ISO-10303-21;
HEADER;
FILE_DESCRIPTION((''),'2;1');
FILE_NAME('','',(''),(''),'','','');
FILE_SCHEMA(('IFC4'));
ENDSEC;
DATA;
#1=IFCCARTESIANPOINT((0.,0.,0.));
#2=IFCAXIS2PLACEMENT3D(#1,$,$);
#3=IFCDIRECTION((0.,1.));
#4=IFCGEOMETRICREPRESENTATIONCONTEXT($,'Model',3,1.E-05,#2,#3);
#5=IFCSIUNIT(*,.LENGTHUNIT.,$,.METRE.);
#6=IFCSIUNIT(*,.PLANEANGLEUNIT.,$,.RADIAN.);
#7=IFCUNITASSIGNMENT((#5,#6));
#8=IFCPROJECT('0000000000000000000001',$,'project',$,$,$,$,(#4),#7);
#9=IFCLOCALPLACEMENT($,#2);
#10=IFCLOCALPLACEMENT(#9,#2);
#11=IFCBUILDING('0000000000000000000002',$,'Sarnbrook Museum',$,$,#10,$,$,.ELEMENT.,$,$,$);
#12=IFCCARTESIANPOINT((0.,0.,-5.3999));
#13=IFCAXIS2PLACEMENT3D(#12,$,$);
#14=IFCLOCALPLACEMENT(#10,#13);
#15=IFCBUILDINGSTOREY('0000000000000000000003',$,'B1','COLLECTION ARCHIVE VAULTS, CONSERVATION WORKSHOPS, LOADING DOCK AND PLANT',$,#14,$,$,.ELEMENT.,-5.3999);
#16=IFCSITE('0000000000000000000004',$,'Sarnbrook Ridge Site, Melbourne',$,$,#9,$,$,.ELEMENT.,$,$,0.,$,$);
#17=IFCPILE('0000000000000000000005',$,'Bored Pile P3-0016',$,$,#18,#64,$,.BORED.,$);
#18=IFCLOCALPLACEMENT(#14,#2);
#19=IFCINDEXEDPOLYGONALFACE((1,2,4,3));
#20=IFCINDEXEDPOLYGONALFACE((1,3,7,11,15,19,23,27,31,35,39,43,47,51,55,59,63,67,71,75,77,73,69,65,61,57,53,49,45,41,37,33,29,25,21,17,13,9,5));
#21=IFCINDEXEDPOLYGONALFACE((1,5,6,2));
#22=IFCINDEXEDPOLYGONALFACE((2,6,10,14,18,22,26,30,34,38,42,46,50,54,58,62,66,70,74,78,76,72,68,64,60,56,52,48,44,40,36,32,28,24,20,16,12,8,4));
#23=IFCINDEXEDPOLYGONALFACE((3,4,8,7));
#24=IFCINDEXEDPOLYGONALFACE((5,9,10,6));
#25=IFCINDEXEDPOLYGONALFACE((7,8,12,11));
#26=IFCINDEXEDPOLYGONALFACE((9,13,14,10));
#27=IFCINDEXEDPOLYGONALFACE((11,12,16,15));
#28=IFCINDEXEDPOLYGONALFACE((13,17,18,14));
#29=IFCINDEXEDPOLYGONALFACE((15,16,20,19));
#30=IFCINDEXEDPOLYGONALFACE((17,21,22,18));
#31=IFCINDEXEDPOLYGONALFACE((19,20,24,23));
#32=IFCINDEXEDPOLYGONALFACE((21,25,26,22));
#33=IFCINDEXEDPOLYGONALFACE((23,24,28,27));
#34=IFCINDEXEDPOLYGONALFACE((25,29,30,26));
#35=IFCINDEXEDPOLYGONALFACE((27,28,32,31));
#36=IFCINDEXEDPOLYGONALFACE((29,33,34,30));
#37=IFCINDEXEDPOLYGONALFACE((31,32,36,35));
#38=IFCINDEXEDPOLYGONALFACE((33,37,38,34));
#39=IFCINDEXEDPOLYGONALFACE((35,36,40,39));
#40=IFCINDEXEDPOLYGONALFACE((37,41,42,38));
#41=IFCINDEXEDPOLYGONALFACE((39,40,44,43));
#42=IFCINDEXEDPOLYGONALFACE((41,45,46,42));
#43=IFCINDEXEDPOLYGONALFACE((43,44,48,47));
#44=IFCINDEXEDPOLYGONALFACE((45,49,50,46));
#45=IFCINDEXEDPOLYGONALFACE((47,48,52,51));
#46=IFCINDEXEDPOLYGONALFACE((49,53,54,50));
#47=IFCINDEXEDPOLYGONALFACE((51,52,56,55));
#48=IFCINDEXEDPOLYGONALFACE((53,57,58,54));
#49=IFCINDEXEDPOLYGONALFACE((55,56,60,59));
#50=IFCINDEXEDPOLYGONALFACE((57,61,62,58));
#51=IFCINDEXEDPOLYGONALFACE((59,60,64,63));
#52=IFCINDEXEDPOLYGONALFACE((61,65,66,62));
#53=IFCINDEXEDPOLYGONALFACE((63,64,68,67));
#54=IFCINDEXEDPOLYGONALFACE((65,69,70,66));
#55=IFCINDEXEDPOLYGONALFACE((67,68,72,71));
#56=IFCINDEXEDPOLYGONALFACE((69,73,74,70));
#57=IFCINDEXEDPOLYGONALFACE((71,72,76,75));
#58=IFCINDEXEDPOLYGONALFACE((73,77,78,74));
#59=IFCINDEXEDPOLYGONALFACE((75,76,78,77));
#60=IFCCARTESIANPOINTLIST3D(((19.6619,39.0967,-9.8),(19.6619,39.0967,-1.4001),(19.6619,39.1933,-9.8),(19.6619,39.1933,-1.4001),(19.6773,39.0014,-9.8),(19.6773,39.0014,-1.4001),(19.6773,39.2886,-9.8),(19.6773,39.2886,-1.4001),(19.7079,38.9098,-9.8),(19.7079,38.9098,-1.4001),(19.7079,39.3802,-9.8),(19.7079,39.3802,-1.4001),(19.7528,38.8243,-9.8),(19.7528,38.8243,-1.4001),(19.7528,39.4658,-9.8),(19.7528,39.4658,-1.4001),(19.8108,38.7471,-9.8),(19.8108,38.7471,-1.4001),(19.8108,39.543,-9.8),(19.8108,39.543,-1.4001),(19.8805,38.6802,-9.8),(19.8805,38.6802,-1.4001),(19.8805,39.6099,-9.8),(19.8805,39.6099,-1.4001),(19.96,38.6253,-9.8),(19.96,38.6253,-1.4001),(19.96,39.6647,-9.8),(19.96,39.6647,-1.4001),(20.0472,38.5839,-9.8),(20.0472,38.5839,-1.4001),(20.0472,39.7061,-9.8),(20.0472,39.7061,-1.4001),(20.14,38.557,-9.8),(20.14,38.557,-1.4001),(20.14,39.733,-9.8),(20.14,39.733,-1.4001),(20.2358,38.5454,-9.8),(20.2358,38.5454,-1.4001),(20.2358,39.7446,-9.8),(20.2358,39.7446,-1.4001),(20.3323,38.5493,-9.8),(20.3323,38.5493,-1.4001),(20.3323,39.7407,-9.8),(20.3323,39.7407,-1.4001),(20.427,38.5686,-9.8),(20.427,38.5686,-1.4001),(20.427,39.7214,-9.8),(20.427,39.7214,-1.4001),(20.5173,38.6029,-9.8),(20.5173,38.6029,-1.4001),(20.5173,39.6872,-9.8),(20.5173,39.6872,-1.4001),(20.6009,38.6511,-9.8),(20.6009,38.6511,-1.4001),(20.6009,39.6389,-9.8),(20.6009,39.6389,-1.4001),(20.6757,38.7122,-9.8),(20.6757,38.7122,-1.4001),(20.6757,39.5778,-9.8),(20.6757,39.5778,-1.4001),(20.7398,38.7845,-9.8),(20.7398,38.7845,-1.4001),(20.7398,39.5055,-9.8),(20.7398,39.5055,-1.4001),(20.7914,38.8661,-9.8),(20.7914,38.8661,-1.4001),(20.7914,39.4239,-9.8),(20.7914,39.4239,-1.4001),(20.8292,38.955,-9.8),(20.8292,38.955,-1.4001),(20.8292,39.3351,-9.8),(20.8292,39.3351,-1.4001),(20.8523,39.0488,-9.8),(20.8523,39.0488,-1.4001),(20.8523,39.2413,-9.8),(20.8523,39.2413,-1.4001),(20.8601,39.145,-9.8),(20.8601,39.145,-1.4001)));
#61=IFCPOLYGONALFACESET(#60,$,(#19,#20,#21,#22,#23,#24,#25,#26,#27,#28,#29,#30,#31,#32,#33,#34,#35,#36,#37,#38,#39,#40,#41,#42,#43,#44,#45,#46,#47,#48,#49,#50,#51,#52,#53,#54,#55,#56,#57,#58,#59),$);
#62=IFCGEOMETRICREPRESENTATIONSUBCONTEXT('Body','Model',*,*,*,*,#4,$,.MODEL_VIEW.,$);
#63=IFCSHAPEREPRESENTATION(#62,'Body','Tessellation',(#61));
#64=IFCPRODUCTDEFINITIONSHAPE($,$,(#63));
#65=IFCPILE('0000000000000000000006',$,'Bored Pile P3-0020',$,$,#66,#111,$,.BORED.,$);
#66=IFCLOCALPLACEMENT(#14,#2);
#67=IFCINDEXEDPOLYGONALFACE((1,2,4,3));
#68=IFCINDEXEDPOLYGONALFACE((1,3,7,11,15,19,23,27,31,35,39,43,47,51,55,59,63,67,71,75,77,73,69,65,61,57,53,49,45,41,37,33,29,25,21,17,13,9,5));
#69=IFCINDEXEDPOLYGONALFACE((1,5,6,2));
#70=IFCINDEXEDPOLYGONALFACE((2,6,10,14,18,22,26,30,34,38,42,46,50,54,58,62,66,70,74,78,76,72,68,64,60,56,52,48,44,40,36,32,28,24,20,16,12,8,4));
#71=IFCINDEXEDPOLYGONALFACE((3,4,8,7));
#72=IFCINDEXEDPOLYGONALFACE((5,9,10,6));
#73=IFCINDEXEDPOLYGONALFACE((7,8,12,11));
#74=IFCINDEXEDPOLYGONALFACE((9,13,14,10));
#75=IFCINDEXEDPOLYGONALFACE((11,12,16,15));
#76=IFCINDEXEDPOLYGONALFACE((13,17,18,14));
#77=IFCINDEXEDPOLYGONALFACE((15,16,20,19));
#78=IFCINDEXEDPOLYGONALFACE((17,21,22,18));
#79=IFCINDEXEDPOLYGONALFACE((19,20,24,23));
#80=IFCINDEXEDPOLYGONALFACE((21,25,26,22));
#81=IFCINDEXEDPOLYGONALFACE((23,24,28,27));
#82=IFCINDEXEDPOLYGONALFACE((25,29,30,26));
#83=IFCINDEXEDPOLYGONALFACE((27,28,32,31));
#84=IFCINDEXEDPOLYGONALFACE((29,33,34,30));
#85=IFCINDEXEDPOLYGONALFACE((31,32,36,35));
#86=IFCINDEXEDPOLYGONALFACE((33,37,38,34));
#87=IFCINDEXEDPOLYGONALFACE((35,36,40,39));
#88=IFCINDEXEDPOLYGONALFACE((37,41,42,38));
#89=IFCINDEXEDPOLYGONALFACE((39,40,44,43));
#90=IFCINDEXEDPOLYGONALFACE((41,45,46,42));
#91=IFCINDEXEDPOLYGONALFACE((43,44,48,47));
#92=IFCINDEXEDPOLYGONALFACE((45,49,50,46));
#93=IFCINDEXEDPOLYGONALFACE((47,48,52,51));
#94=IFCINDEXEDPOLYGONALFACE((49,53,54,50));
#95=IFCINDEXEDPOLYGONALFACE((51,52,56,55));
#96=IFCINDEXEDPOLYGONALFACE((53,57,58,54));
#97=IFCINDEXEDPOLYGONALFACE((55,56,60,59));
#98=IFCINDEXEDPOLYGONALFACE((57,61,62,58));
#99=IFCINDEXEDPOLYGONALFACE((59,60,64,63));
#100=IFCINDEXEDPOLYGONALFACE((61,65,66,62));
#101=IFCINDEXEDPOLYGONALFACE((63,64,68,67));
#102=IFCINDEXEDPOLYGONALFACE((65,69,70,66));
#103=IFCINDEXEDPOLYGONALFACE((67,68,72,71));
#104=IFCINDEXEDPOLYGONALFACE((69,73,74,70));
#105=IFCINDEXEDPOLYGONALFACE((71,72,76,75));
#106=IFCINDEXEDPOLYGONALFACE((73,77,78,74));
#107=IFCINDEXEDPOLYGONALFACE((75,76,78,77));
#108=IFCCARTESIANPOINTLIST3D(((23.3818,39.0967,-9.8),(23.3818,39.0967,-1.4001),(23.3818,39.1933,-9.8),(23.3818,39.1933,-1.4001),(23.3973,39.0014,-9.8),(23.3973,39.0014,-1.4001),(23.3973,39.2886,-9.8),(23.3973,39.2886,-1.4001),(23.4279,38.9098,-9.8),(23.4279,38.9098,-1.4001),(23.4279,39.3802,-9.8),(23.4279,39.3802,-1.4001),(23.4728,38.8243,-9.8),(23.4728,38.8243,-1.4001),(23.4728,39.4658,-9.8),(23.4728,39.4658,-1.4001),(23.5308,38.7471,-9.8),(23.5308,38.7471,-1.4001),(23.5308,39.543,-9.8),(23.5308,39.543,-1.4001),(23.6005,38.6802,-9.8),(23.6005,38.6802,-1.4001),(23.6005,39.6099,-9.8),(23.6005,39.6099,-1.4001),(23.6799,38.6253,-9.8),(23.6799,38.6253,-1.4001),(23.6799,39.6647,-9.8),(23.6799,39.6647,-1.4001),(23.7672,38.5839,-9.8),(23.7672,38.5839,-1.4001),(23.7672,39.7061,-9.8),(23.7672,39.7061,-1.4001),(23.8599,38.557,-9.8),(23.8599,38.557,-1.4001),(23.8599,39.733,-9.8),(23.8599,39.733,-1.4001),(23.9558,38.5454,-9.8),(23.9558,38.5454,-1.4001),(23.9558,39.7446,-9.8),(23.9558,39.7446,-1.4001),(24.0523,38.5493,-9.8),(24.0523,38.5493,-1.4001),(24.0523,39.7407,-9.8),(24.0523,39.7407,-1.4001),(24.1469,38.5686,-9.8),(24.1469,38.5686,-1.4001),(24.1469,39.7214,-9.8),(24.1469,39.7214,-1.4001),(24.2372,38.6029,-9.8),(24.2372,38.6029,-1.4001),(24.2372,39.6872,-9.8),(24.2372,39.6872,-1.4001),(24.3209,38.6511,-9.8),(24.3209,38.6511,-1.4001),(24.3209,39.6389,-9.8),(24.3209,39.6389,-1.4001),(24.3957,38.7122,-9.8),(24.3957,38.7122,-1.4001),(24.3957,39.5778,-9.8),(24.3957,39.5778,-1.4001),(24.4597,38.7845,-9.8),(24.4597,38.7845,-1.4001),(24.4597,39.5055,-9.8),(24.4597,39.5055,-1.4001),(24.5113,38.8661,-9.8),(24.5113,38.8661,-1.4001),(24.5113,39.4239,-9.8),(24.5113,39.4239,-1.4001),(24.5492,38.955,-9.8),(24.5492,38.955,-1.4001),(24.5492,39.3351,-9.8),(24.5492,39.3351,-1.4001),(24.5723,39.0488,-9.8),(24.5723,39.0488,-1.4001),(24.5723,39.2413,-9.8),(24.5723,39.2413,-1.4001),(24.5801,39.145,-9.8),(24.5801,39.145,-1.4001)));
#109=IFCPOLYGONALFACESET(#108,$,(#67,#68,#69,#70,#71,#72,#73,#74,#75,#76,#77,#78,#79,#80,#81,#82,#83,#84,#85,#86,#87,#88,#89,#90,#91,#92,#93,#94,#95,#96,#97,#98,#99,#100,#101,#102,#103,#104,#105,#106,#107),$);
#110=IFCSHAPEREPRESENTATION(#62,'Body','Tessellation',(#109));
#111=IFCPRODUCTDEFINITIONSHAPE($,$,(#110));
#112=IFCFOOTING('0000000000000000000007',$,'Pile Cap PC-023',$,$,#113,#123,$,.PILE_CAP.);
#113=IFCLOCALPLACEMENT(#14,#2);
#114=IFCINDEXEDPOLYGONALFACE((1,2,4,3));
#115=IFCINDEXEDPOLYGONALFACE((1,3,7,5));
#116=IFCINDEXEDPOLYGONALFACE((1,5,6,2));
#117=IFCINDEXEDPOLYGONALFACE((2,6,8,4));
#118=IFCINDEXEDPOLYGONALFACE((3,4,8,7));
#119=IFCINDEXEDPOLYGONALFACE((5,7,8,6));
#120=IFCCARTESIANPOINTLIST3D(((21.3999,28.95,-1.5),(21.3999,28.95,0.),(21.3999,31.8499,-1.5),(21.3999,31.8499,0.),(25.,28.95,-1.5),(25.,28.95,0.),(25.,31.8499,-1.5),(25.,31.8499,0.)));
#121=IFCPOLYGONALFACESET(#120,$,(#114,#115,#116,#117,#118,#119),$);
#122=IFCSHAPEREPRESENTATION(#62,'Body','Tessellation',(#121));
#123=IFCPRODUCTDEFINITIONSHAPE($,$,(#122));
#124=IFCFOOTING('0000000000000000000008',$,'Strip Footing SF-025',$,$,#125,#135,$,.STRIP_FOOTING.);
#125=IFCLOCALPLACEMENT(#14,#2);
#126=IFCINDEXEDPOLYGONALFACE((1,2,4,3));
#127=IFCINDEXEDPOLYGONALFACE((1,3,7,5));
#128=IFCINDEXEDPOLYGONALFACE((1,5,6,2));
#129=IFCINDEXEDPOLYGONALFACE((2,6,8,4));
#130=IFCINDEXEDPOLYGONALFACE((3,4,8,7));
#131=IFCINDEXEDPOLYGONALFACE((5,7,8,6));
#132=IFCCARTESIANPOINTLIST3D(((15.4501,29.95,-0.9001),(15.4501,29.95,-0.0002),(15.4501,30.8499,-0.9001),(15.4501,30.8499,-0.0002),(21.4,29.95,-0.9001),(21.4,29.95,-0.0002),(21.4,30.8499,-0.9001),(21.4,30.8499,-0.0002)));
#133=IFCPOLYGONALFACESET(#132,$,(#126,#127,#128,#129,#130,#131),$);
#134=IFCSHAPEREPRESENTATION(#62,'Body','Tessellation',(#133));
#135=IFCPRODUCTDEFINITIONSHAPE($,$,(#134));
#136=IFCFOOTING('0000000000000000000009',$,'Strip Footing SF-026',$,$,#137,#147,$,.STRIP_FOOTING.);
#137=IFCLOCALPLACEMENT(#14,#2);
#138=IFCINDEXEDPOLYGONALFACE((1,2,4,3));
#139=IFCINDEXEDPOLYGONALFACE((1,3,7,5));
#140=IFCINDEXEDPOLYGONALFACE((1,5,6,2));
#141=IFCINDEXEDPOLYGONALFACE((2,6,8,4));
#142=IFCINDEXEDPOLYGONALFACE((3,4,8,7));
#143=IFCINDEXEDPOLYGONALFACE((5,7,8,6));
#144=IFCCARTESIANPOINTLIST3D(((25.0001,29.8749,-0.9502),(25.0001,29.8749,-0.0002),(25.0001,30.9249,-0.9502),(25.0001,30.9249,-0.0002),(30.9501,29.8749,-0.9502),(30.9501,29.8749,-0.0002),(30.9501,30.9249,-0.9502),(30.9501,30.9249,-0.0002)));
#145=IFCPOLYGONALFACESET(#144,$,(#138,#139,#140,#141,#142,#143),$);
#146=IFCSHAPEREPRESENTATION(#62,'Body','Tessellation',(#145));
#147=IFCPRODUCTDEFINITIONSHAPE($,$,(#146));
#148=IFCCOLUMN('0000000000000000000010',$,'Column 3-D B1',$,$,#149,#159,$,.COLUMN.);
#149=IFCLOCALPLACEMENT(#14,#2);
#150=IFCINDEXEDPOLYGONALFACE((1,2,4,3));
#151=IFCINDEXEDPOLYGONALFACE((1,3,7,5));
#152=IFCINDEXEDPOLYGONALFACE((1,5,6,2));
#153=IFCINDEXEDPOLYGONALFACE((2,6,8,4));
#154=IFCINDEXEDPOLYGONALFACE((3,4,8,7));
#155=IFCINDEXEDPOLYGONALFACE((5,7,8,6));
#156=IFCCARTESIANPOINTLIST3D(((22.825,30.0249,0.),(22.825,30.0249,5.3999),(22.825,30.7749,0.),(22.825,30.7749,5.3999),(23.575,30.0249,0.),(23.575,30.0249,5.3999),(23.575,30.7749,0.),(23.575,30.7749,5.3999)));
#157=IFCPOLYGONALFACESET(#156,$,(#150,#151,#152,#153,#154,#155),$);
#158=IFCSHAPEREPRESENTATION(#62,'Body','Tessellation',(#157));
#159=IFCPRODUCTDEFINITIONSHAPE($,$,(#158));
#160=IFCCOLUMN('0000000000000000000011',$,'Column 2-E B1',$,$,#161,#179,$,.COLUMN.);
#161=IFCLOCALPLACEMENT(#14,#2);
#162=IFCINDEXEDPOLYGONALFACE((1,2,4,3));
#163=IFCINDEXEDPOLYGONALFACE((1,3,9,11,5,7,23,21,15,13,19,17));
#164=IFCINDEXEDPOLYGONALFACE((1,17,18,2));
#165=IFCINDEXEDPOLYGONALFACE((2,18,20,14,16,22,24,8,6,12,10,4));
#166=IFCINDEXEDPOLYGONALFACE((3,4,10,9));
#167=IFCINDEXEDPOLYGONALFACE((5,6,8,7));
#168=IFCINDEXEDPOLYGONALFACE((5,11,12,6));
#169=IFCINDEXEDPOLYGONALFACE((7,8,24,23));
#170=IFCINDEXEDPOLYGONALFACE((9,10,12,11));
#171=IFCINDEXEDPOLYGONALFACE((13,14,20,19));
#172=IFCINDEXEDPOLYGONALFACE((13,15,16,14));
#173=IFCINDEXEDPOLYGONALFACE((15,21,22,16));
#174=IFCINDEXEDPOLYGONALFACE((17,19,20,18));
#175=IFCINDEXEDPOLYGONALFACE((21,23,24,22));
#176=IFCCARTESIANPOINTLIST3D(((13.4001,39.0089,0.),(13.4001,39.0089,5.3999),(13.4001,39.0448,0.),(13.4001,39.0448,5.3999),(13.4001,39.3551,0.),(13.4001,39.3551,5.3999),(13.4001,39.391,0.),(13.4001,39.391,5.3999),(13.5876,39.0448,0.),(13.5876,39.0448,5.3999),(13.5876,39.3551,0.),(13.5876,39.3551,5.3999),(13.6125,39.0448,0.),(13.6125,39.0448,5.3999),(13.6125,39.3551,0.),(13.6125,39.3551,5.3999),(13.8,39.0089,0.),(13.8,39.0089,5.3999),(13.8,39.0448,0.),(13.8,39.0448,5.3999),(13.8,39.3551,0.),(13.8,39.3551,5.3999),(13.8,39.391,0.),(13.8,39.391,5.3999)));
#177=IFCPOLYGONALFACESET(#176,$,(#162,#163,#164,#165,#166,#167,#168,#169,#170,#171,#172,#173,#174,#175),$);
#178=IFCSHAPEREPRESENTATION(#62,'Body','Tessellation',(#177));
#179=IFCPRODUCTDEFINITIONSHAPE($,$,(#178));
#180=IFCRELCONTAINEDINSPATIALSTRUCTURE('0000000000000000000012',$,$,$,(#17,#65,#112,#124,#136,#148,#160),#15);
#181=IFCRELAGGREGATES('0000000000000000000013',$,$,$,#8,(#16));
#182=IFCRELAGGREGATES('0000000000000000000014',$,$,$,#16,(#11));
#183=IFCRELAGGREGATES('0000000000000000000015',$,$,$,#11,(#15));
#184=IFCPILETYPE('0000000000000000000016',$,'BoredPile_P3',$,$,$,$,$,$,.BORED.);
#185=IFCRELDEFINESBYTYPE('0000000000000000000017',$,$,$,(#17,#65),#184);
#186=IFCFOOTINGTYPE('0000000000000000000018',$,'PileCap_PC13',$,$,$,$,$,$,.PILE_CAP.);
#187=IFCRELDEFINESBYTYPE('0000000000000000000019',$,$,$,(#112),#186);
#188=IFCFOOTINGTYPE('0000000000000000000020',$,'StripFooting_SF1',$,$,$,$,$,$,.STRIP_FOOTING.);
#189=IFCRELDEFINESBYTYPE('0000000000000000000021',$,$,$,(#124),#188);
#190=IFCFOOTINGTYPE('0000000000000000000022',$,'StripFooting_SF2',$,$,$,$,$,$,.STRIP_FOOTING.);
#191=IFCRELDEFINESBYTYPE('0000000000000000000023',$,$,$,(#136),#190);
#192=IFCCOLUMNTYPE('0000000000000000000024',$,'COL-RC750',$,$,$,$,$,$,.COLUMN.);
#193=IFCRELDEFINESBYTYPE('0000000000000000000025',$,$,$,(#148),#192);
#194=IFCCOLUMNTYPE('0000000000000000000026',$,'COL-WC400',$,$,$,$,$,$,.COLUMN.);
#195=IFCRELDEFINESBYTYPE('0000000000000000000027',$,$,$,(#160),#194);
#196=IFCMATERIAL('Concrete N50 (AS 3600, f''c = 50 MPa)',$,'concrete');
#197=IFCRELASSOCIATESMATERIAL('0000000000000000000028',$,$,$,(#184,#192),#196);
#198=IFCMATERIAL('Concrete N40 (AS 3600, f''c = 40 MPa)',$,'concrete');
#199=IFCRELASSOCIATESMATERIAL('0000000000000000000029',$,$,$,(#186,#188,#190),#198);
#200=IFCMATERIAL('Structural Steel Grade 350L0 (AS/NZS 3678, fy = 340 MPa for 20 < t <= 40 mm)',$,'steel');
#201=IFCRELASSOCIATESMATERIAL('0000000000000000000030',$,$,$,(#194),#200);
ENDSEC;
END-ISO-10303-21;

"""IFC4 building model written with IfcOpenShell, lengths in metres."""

from ifc_helpers import new_model, si_unit, direction, frame, origin, origin_2d, place, context, subcontext, project, spatial, rectangle, circle, i_section, extrude, material, material_profile, profile_set, type_object, element, save


model = new_model("IFC4")

# Units and contexts
model_context = context("Model", 3, precision=1e-05, world=origin(), true_north=direction((0.0, 1.0)))
body_context = subcontext(model_context, "Body", "Model", "MODEL_VIEW")
ifc_project = project(units=[si_unit("LENGTHUNIT", "METRE"), si_unit("PLANEANGLEUNIT", "RADIAN")], contexts=[model_context])

# Site, building, storey
site_placement = place(None, origin())
site = spatial("IfcSite", under=ifc_project, at=site_placement, Name="Sarnbrook Ridge Site, Melbourne", CompositionType="ELEMENT", RefElevation=0.0)
building_placement = place(site_placement, origin())
building = spatial("IfcBuilding", under=site, at=building_placement, Name="Sarnbrook Museum", CompositionType="ELEMENT")
storey_placement = place(building_placement, frame((0.0, 0.0, -5.3999)))
storey = spatial("IfcBuildingStorey", under=building, at=storey_placement, Name="B1", Description="COLLECTION ARCHIVE VAULTS, CONSERVATION WORKSHOPS, LOADING DOCK AND PLANT", CompositionType="ELEMENT", Elevation=-5.3999)

# Piles
ifc_material_1 = material(Name="Concrete N50 (AS 3600, f'c = 50 MPa)", Category="concrete")
ifc_material_profile_1 = material_profile(ifc_material_1, circle(Radius=0.6001, at=origin_2d()), Name="BORED PILE D1200")
ifc_profile_set_1 = profile_set([ifc_material_profile_1], Name="Concrete N50 (AS 3600, f'c = 50 MPa)")
pile_type_1 = type_object("IfcPileType", Name="BoredPile_P3", PredefinedType="BORED", material=ifc_profile_set_1)
for number, where, z_axis, x_axis, name in (
    (1, (20.26, 39.145, -1.4001), (0.0, 0.0, -1.0), (1.0, 0.0, 0.0), "Bored Pile P3-0016"),
    (2, (23.98, 39.145, -1.4001), (0.0, 0.0, -1.0), (1.0, 0.0, 0.0), "Bored Pile P3-0020"),
):
    element("IfcPile", number, at=place(storey_placement, frame(where, z_axis=z_axis, x_axis=x_axis)), inside=storey, type_object=pile_type_1, Name=name, PredefinedType="BORED", context=body_context, shape_type="SweptSolid", body=[
        extrude(circle(Radius=0.6001, at=origin_2d()), origin(), (0.0, 0.0, 1.0), 8.3999),
    ])

# Footings
ifc_material_2 = material(Name="Concrete N40 (AS 3600, f'c = 40 MPa)", Category="concrete")
footing_type_1 = type_object("IfcFootingType", Name="PileCap_PC13", PredefinedType="PILE_CAP", material=ifc_material_2)
footing_1_placement = place(storey_placement, frame((23.2, 30.3999, -1.5), z_axis=(0.0, 0.0, 1.0), x_axis=(1.0, 0.0, 0.0)))
element("IfcFooting", 3, at=footing_1_placement, inside=storey, type_object=footing_type_1, Name="Pile Cap PC-023", PredefinedType="PILE_CAP", context=body_context, shape_type="SweptSolid", body=[
    extrude(rectangle(XDim=3.6001, YDim=2.8999, at=origin_2d()), origin(), (0.0, 0.0, 1.0), 1.5),
])
footing_type_2 = type_object("IfcFootingType", Name="StripFooting_SF1", PredefinedType="STRIP_FOOTING", material=ifc_material_2)
footing_2_placement = place(storey_placement, frame((18.425, 30.3999, -0.9001), z_axis=(0.0, 0.0, 1.0), x_axis=(1.0, 0.0, 0.0)))
element("IfcFooting", 4, at=footing_2_placement, inside=storey, type_object=footing_type_2, Name="Strip Footing SF-025", PredefinedType="STRIP_FOOTING", context=body_context, shape_type="SweptSolid", body=[
    extrude(rectangle(XDim=5.95, YDim=0.8999, at=origin_2d()), origin(), (0.0, 0.0, 1.0), 0.8999),
])
footing_type_3 = type_object("IfcFootingType", Name="StripFooting_SF2", PredefinedType="STRIP_FOOTING", material=ifc_material_2)
footing_3_placement = place(storey_placement, frame((27.9751, 30.3999, -0.9502), z_axis=(0.0, 0.0, 1.0), x_axis=(1.0, 0.0, 0.0)))
element("IfcFooting", 5, at=footing_3_placement, inside=storey, type_object=footing_type_3, Name="Strip Footing SF-026", PredefinedType="STRIP_FOOTING", context=body_context, shape_type="SweptSolid", body=[
    extrude(rectangle(XDim=5.95, YDim=1.05, at=origin_2d()), origin(), (0.0, 0.0, 1.0), 0.95),
])

# Columns
ifc_material_profile_2 = material_profile(ifc_material_1, rectangle(XDim=0.75, YDim=0.75, at=origin_2d()), Name="RC 750x750")
ifc_profile_set_2 = profile_set([ifc_material_profile_2], Name="Concrete N50 (AS 3600, f'c = 50 MPa)")
column_type_1 = type_object("IfcColumnType", Name="COL-RC750", PredefinedType="COLUMN", material=ifc_profile_set_2)
column_1_placement = place(storey_placement, frame((23.2, 30.3999, 0.0), z_axis=(0.0, 0.0, 1.0), x_axis=(1.0, 0.0, 0.0)))
element("IfcColumn", 6, at=column_1_placement, inside=storey, type_object=column_type_1, Name="Column 3-D B1", PredefinedType="COLUMN", context=body_context, shape_type="SweptSolid", body=[
    extrude(rectangle(XDim=0.75, YDim=0.75, at=origin_2d()), origin(), (0.0, 0.0, 1.0), 5.3999),
])
ifc_material_3 = material(Name="Structural Steel Grade 350L0 (AS/NZS 3678, fy = 340 MPa for 20 < t <= 40 mm)", Category="steel")
ifc_material_profile_3 = material_profile(ifc_material_3, i_section(OverallWidth=0.3999, OverallDepth=0.3821, WebThickness=0.0249, FlangeThickness=0.0359, at=origin_2d()), Name="400WC270")
ifc_profile_set_3 = profile_set([ifc_material_profile_3], Name="Structural Steel Grade 350L0 (AS/NZS 3678, fy = 340 MPa for 20 < t <= 40 mm)")
column_type_2 = type_object("IfcColumnType", Name="COL-WC400", PredefinedType="COLUMN", material=ifc_profile_set_3)
column_2_placement = place(storey_placement, frame((13.6001, 39.2, 0.0), z_axis=(0.0, 0.0, 1.0), x_axis=(1.0, 0.0, 0.0)))
element("IfcColumn", 7, at=column_2_placement, inside=storey, type_object=column_type_2, Name="Column 2-E B1", PredefinedType="COLUMN", context=body_context, shape_type="SweptSolid", body=[
    extrude(i_section(OverallWidth=0.3999, OverallDepth=0.3821, WebThickness=0.0249, FlangeThickness=0.0359, at=origin_2d()), origin(), (0.0, 0.0, 1.0), 5.3999),
])

save(model, "model.ifc")
